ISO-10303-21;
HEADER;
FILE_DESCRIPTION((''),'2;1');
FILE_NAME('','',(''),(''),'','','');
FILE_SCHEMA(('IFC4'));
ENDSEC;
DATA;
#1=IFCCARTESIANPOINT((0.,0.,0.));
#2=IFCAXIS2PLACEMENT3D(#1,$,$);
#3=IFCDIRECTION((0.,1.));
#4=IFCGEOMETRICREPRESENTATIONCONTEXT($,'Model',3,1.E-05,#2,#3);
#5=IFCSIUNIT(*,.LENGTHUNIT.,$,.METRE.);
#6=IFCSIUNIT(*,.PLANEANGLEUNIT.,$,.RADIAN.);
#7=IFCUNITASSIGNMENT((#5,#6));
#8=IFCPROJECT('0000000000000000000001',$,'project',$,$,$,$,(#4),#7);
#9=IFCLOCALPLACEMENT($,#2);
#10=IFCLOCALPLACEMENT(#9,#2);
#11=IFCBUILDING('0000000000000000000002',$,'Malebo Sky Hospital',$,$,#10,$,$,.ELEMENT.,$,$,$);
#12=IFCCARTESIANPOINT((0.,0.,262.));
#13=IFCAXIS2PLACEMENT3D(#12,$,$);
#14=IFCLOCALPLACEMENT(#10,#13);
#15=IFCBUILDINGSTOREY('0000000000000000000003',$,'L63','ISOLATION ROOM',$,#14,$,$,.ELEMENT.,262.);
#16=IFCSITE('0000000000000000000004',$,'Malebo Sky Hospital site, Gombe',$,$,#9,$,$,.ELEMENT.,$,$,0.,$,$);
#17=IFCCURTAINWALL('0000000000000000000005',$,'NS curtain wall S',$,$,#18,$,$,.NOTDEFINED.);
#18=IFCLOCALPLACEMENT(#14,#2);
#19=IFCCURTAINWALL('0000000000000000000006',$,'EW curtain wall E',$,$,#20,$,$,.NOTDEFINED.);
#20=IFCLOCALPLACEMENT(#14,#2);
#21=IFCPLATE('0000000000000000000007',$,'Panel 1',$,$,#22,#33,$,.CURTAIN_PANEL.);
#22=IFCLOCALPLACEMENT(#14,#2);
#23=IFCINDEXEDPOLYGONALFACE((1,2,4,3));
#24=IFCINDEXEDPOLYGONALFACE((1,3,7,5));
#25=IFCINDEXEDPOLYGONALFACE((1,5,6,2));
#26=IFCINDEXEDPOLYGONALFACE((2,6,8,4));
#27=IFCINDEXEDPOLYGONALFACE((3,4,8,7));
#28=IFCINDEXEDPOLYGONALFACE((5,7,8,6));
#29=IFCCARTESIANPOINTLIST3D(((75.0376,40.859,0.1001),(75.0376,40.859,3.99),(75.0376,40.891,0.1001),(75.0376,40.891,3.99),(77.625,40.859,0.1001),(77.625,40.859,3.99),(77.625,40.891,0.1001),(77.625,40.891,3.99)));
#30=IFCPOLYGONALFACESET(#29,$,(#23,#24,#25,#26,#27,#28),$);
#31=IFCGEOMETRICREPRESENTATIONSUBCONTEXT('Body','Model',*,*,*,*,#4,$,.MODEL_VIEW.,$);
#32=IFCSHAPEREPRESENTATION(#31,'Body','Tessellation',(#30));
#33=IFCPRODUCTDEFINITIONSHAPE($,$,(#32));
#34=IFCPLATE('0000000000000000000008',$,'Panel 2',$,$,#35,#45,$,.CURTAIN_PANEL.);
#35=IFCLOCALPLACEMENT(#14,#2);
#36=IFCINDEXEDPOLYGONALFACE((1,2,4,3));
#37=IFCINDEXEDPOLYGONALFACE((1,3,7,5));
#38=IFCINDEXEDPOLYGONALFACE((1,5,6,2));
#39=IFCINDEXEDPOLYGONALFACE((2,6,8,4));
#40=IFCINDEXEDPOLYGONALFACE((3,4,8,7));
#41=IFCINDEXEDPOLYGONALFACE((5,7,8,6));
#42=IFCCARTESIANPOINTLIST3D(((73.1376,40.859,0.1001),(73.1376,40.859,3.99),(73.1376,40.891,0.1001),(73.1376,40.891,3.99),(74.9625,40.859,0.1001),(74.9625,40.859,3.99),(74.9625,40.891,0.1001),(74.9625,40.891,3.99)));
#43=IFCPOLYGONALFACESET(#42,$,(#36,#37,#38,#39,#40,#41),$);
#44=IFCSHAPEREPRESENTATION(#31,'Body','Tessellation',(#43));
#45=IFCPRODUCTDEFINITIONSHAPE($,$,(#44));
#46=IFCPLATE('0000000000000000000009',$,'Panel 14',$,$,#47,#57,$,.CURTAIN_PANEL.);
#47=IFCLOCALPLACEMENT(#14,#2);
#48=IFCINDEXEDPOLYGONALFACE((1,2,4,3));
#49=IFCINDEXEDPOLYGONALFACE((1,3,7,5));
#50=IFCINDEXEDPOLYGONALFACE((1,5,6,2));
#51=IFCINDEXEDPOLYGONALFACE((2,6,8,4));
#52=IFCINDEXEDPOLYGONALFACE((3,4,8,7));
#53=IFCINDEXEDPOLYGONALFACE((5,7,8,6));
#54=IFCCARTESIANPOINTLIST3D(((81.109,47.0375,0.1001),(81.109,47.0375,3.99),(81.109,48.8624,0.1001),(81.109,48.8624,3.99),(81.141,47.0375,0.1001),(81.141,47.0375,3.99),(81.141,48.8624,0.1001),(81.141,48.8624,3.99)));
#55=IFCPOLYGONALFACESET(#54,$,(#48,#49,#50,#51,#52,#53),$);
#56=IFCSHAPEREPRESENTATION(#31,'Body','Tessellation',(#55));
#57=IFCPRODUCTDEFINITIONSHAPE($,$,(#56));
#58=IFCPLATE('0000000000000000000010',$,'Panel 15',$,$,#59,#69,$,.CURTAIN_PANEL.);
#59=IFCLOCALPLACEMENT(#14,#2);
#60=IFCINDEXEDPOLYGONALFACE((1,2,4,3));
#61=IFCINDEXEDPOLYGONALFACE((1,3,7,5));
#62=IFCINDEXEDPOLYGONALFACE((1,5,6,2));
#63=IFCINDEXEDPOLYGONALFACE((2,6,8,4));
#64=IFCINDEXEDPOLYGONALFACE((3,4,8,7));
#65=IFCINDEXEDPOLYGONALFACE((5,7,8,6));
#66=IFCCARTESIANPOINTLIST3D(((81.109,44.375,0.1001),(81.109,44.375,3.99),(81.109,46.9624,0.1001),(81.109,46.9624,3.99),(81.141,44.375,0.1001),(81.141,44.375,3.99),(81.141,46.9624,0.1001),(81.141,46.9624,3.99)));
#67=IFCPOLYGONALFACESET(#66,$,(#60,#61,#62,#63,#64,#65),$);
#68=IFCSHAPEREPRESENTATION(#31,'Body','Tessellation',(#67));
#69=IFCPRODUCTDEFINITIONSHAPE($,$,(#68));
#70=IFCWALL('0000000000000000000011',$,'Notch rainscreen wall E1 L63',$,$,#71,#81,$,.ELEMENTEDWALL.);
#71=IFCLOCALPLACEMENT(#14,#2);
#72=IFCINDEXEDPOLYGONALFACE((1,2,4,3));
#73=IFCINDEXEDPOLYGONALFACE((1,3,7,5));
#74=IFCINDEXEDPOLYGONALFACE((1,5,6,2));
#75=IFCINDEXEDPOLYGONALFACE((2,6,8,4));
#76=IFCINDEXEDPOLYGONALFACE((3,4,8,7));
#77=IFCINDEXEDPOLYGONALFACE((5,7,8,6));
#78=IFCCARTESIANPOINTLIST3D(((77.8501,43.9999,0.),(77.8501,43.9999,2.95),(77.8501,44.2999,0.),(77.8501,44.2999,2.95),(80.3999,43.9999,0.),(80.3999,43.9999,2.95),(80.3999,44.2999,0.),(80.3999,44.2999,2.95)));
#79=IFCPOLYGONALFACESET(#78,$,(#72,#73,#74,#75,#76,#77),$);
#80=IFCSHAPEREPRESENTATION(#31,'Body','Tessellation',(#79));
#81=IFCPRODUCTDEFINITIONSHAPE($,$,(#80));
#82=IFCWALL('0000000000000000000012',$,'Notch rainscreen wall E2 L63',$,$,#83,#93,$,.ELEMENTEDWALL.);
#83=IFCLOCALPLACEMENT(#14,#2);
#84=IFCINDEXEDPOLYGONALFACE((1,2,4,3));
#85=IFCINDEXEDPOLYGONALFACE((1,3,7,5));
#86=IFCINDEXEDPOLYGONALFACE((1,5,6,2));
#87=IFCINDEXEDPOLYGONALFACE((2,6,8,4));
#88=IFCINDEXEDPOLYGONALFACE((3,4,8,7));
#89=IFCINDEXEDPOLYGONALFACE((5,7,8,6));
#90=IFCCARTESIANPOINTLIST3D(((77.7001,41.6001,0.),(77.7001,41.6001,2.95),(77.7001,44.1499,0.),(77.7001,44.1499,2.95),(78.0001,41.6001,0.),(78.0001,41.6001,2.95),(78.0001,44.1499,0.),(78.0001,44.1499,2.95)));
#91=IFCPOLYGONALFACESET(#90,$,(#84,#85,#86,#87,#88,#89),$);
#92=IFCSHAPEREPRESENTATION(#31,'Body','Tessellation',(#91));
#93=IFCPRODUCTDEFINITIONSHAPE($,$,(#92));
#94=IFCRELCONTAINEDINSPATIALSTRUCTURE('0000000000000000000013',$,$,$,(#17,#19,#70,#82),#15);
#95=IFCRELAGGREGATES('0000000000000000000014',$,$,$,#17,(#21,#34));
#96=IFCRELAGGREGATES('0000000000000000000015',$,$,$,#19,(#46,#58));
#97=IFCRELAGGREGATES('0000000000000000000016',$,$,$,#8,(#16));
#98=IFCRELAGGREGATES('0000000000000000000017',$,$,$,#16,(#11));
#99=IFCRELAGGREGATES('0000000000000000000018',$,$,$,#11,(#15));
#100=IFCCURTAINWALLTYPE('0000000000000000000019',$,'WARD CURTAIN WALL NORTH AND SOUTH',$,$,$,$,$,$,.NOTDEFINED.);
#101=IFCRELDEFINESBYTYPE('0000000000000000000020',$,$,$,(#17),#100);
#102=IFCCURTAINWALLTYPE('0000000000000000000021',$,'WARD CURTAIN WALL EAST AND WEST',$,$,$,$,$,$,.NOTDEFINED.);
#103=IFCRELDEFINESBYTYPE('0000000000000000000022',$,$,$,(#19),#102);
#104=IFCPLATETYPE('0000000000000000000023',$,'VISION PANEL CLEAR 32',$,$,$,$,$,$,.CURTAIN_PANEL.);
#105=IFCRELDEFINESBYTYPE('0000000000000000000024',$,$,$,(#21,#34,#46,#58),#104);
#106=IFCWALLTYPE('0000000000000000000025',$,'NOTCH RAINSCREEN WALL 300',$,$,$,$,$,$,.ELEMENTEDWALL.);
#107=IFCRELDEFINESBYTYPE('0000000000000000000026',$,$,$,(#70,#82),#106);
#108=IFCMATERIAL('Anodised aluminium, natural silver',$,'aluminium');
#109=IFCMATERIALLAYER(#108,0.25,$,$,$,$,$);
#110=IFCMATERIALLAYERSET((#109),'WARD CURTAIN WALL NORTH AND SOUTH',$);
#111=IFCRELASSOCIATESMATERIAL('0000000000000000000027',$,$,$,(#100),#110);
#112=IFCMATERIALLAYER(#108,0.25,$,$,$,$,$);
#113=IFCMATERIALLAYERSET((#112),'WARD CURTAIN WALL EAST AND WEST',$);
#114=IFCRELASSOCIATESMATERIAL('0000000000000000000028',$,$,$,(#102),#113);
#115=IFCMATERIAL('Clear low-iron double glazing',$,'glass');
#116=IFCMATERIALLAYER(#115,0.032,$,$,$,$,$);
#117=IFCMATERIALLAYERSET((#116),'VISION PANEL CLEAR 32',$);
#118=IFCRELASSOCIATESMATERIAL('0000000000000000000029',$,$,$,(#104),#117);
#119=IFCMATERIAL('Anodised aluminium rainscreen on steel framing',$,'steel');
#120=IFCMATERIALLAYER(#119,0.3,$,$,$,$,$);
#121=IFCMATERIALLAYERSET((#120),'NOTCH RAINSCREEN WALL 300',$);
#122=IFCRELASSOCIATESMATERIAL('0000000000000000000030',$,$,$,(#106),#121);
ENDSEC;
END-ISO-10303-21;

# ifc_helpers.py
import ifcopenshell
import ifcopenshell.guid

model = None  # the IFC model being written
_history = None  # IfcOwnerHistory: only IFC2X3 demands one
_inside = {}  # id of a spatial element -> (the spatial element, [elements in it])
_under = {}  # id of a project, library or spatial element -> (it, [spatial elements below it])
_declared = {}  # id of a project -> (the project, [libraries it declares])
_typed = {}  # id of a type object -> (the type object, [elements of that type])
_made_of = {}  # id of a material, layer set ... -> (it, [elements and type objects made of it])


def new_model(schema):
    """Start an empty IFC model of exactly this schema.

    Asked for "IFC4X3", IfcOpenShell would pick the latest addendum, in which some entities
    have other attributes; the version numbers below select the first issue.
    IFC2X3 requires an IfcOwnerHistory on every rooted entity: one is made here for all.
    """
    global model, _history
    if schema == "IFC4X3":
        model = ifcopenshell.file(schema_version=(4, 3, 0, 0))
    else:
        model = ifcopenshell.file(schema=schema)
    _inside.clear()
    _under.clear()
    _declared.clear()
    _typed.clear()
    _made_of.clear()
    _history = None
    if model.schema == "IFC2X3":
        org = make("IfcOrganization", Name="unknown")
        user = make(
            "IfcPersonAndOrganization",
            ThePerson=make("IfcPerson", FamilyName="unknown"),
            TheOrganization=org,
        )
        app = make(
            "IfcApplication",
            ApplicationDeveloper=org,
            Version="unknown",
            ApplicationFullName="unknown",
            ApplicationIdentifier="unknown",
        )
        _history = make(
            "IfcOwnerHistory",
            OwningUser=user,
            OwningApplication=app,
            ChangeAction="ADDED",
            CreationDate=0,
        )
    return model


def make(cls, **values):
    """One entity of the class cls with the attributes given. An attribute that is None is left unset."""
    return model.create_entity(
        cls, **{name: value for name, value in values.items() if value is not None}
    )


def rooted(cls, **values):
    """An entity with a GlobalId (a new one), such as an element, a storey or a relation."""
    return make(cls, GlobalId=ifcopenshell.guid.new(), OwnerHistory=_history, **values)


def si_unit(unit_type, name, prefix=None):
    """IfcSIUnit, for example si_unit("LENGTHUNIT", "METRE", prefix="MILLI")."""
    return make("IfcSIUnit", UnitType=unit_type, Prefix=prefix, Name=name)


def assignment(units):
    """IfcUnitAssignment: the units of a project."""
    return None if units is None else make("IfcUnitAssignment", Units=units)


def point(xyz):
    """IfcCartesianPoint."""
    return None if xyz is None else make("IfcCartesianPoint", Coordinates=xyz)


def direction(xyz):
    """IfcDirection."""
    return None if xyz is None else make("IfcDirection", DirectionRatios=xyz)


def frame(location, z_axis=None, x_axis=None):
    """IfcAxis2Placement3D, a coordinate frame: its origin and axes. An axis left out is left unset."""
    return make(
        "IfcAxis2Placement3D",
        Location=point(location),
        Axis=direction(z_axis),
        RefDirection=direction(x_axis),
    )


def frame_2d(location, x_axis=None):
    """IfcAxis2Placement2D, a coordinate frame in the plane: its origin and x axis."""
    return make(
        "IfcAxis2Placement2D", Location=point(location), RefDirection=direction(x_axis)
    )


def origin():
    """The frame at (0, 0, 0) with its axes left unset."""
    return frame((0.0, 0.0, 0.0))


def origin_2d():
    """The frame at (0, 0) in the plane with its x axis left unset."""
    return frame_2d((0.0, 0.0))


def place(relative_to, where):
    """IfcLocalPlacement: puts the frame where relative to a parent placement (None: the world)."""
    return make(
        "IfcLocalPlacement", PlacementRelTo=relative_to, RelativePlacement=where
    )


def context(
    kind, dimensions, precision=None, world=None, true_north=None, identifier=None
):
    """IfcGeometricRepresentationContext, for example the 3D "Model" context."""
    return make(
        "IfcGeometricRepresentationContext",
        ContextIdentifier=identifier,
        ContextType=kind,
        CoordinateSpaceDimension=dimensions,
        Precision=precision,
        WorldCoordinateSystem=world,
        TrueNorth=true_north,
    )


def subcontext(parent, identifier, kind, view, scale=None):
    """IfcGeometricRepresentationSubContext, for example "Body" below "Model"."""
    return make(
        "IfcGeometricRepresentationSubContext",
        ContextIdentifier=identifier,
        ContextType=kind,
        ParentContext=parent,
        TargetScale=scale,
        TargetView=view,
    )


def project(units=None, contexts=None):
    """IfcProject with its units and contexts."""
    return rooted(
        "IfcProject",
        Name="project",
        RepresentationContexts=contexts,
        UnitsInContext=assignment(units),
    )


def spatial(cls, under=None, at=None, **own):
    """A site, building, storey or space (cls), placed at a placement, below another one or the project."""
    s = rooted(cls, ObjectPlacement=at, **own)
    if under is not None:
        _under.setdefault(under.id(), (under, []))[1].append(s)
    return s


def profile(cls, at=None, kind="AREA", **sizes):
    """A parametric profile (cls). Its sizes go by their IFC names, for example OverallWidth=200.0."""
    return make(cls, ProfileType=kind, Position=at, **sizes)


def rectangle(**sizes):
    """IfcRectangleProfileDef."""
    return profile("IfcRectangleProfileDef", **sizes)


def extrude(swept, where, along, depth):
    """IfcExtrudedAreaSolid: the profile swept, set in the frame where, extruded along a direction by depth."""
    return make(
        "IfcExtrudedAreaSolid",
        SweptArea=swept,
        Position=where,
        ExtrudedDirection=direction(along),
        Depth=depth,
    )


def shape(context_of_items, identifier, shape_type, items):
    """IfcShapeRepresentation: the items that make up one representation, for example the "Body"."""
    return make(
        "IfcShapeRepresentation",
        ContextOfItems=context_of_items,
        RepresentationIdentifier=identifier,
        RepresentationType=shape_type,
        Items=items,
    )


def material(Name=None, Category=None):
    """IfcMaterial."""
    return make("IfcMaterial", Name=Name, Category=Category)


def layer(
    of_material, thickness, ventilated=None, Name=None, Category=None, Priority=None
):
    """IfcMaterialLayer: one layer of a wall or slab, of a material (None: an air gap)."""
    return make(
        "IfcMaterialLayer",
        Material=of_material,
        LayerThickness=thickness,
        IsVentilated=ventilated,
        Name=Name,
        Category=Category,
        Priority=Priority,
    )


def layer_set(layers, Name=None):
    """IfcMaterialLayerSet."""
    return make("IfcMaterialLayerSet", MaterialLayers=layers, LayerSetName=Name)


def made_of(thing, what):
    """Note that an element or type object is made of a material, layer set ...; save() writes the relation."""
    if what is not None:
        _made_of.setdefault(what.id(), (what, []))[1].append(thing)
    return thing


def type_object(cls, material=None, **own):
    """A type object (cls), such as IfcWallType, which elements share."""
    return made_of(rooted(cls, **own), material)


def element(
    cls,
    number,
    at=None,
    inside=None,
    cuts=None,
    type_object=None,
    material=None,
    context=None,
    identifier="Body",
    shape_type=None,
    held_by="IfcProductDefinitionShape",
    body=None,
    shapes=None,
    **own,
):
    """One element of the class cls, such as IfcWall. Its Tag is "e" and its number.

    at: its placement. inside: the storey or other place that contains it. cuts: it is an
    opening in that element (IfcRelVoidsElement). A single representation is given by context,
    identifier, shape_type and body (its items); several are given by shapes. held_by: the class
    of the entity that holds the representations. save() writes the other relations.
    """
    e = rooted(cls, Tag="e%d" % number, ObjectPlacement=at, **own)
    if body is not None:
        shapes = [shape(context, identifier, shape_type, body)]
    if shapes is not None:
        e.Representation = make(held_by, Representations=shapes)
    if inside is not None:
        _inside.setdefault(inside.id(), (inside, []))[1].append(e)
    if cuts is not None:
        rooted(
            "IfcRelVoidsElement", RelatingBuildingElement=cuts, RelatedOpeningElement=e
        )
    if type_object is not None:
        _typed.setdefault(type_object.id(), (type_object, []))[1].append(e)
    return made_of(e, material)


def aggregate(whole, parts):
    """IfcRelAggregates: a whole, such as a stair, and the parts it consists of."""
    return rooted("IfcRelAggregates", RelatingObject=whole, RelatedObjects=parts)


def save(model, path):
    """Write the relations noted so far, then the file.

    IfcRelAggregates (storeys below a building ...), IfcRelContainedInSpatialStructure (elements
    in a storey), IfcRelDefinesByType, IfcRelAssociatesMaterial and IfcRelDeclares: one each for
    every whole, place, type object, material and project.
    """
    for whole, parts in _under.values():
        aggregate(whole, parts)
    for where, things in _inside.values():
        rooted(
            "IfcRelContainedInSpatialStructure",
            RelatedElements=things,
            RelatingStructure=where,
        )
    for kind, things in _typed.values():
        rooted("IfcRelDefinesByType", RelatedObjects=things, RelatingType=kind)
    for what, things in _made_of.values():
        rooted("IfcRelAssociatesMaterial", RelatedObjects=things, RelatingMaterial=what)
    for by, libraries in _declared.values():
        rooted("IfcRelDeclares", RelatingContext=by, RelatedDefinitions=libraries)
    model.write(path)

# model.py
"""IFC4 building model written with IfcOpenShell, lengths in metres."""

from ifc_helpers import new_model, si_unit, direction, frame, frame_2d, origin, origin_2d, place, context, subcontext, project, spatial, rectangle, extrude, material, layer, layer_set, type_object, element, aggregate, save


model = new_model("IFC4")

# Units and contexts
model_context = context("Model", 3, precision=1e-05, world=origin(), true_north=direction((0.0, 1.0)))
body_context = subcontext(model_context, "Body", "Model", "MODEL_VIEW")
ifc_project = project(units=[si_unit("LENGTHUNIT", "METRE"), si_unit("PLANEANGLEUNIT", "RADIAN")], contexts=[model_context])

# Site, building, storey
site_placement = place(None, origin())
site = spatial("IfcSite", under=ifc_project, at=site_placement, Name="Malebo Sky Hospital site, Gombe", CompositionType="ELEMENT", RefElevation=0.0)
building_placement = place(site_placement, origin())
building = spatial("IfcBuilding", under=site, at=building_placement, Name="Malebo Sky Hospital", CompositionType="ELEMENT")
storey_placement = place(building_placement, frame((0.0, 0.0, 262.0)))
storey = spatial("IfcBuildingStorey", under=building, at=storey_placement, Name="L63", Description="ISOLATION ROOM", CompositionType="ELEMENT", Elevation=262.0)

# Curtain walls
ifc_material_1 = material(Name="Anodised aluminium, natural silver", Category="aluminium")
ifc_layer_1 = layer(ifc_material_1, 0.25)
ifc_layer_set_1 = layer_set([ifc_layer_1], Name="WARD CURTAIN WALL NORTH AND SOUTH")
curtain_wall_type_1 = type_object("IfcCurtainWallType", Name="WARD CURTAIN WALL NORTH AND SOUTH", PredefinedType="NOTDEFINED", material=ifc_layer_set_1)
curtain_wall_1_placement = place(storey_placement, origin())
curtain_wall_1 = element("IfcCurtainWall", 1, at=curtain_wall_1_placement, inside=storey, type_object=curtain_wall_type_1, Name="NS curtain wall S", PredefinedType="NOTDEFINED")
ifc_layer_2 = layer(ifc_material_1, 0.25)
ifc_layer_set_2 = layer_set([ifc_layer_2], Name="WARD CURTAIN WALL EAST AND WEST")
curtain_wall_type_2 = type_object("IfcCurtainWallType", Name="WARD CURTAIN WALL EAST AND WEST", PredefinedType="NOTDEFINED", material=ifc_layer_set_2)
curtain_wall_2_placement = place(storey_placement, origin())
curtain_wall_2 = element("IfcCurtainWall", 2, at=curtain_wall_2_placement, inside=storey, type_object=curtain_wall_type_2, Name="EW curtain wall E", PredefinedType="NOTDEFINED")

# Plates
ifc_material_2 = material(Name="Clear low-iron double glazing", Category="glass")
ifc_layer_3 = layer(ifc_material_2, 0.032)
ifc_layer_set_3 = layer_set([ifc_layer_3], Name="VISION PANEL CLEAR 32")
plate_type = type_object("IfcPlateType", Name="VISION PANEL CLEAR 32", PredefinedType="CURTAIN_PANEL", material=ifc_layer_set_3)
plate_1_placement = place(storey_placement, frame((76.3313, 40.875, 0.1001), z_axis=(0.0, 0.0, 1.0), x_axis=(-1.0, 0.0, 0.0)))
plate_1 = element("IfcPlate", 3, at=plate_1_placement, type_object=plate_type, Name="Panel 1", PredefinedType="CURTAIN_PANEL", context=body_context, shape_type="SweptSolid", body=[
    extrude(rectangle(XDim=2.5874, YDim=0.032, at=origin_2d()), origin(), (0.0, 0.0, 1.0), 3.8899),
])
plate_2_placement = place(storey_placement, frame((74.05, 40.875, 0.1001), z_axis=(0.0, 0.0, 1.0), x_axis=(-1.0, 0.0, 0.0)))
plate_2 = element("IfcPlate", 4, at=plate_2_placement, type_object=plate_type, Name="Panel 2", PredefinedType="CURTAIN_PANEL", context=body_context, shape_type="SweptSolid", body=[
    extrude(rectangle(XDim=1.825, YDim=0.032, at=origin_2d()), origin(), (0.0, 0.0, 1.0), 3.8899),
])
aggregate(curtain_wall_1, [plate_1, plate_2])
plate_3_placement = place(storey_placement, frame((81.125, 47.95, 0.1001), z_axis=(0.0, 0.0, 1.0), x_axis=(0.0, -1.0, 0.0)))
plate_3 = element("IfcPlate", 5, at=plate_3_placement, type_object=plate_type, Name="Panel 14", PredefinedType="CURTAIN_PANEL", context=body_context, shape_type="SweptSolid", body=[
    extrude(rectangle(XDim=1.825, YDim=0.032, at=origin_2d()), origin(), (0.0, 0.0, 1.0), 3.8899),
])
plate_4_placement = place(storey_placement, frame((81.125, 45.6687, 0.1001), z_axis=(0.0, 0.0, 1.0), x_axis=(0.0, -1.0, 0.0)))
plate_4 = element("IfcPlate", 6, at=plate_4_placement, type_object=plate_type, Name="Panel 15", PredefinedType="CURTAIN_PANEL", context=body_context, shape_type="SweptSolid", body=[
    extrude(rectangle(XDim=2.5874, YDim=0.032, at=origin_2d()), origin(), (0.0, 0.0, 1.0), 3.8899),
])
aggregate(curtain_wall_2, [plate_3, plate_4])

# Walls
ifc_material_3 = material(Name="Anodised aluminium rainscreen on steel framing", Category="steel")
ifc_layer_4 = layer(ifc_material_3, 0.3)
ifc_layer_set_4 = layer_set([ifc_layer_4], Name="NOTCH RAINSCREEN WALL 300")
wall_type = type_object("IfcWallType", Name="NOTCH RAINSCREEN WALL 300", PredefinedType="ELEMENTEDWALL", material=ifc_layer_set_4)
for number, where, z_axis, x_axis, name in (
    (7, (80.3999, 44.1499, 0.0), (0.0, 0.0, 1.0), (-1.0, 0.0, 0.0), "Notch rainscreen wall E1 L63"),
    (8, (77.8501, 44.1499, 0.0), (0.0, 0.0, 1.0), (0.0, -1.0, 0.0), "Notch rainscreen wall E2 L63"),
):
    element("IfcWall", number, at=place(storey_placement, frame(where, z_axis=z_axis, x_axis=x_axis)), inside=storey, type_object=wall_type, Name=name, PredefinedType="ELEMENTEDWALL", context=body_context, shape_type="SweptSolid", body=[
        extrude(rectangle(XDim=2.5498, YDim=0.3, at=frame_2d((1.2749, 0.0))), origin(), (0.0, 0.0, 1.0), 2.95),
    ])

save(model, "model.ifc")
